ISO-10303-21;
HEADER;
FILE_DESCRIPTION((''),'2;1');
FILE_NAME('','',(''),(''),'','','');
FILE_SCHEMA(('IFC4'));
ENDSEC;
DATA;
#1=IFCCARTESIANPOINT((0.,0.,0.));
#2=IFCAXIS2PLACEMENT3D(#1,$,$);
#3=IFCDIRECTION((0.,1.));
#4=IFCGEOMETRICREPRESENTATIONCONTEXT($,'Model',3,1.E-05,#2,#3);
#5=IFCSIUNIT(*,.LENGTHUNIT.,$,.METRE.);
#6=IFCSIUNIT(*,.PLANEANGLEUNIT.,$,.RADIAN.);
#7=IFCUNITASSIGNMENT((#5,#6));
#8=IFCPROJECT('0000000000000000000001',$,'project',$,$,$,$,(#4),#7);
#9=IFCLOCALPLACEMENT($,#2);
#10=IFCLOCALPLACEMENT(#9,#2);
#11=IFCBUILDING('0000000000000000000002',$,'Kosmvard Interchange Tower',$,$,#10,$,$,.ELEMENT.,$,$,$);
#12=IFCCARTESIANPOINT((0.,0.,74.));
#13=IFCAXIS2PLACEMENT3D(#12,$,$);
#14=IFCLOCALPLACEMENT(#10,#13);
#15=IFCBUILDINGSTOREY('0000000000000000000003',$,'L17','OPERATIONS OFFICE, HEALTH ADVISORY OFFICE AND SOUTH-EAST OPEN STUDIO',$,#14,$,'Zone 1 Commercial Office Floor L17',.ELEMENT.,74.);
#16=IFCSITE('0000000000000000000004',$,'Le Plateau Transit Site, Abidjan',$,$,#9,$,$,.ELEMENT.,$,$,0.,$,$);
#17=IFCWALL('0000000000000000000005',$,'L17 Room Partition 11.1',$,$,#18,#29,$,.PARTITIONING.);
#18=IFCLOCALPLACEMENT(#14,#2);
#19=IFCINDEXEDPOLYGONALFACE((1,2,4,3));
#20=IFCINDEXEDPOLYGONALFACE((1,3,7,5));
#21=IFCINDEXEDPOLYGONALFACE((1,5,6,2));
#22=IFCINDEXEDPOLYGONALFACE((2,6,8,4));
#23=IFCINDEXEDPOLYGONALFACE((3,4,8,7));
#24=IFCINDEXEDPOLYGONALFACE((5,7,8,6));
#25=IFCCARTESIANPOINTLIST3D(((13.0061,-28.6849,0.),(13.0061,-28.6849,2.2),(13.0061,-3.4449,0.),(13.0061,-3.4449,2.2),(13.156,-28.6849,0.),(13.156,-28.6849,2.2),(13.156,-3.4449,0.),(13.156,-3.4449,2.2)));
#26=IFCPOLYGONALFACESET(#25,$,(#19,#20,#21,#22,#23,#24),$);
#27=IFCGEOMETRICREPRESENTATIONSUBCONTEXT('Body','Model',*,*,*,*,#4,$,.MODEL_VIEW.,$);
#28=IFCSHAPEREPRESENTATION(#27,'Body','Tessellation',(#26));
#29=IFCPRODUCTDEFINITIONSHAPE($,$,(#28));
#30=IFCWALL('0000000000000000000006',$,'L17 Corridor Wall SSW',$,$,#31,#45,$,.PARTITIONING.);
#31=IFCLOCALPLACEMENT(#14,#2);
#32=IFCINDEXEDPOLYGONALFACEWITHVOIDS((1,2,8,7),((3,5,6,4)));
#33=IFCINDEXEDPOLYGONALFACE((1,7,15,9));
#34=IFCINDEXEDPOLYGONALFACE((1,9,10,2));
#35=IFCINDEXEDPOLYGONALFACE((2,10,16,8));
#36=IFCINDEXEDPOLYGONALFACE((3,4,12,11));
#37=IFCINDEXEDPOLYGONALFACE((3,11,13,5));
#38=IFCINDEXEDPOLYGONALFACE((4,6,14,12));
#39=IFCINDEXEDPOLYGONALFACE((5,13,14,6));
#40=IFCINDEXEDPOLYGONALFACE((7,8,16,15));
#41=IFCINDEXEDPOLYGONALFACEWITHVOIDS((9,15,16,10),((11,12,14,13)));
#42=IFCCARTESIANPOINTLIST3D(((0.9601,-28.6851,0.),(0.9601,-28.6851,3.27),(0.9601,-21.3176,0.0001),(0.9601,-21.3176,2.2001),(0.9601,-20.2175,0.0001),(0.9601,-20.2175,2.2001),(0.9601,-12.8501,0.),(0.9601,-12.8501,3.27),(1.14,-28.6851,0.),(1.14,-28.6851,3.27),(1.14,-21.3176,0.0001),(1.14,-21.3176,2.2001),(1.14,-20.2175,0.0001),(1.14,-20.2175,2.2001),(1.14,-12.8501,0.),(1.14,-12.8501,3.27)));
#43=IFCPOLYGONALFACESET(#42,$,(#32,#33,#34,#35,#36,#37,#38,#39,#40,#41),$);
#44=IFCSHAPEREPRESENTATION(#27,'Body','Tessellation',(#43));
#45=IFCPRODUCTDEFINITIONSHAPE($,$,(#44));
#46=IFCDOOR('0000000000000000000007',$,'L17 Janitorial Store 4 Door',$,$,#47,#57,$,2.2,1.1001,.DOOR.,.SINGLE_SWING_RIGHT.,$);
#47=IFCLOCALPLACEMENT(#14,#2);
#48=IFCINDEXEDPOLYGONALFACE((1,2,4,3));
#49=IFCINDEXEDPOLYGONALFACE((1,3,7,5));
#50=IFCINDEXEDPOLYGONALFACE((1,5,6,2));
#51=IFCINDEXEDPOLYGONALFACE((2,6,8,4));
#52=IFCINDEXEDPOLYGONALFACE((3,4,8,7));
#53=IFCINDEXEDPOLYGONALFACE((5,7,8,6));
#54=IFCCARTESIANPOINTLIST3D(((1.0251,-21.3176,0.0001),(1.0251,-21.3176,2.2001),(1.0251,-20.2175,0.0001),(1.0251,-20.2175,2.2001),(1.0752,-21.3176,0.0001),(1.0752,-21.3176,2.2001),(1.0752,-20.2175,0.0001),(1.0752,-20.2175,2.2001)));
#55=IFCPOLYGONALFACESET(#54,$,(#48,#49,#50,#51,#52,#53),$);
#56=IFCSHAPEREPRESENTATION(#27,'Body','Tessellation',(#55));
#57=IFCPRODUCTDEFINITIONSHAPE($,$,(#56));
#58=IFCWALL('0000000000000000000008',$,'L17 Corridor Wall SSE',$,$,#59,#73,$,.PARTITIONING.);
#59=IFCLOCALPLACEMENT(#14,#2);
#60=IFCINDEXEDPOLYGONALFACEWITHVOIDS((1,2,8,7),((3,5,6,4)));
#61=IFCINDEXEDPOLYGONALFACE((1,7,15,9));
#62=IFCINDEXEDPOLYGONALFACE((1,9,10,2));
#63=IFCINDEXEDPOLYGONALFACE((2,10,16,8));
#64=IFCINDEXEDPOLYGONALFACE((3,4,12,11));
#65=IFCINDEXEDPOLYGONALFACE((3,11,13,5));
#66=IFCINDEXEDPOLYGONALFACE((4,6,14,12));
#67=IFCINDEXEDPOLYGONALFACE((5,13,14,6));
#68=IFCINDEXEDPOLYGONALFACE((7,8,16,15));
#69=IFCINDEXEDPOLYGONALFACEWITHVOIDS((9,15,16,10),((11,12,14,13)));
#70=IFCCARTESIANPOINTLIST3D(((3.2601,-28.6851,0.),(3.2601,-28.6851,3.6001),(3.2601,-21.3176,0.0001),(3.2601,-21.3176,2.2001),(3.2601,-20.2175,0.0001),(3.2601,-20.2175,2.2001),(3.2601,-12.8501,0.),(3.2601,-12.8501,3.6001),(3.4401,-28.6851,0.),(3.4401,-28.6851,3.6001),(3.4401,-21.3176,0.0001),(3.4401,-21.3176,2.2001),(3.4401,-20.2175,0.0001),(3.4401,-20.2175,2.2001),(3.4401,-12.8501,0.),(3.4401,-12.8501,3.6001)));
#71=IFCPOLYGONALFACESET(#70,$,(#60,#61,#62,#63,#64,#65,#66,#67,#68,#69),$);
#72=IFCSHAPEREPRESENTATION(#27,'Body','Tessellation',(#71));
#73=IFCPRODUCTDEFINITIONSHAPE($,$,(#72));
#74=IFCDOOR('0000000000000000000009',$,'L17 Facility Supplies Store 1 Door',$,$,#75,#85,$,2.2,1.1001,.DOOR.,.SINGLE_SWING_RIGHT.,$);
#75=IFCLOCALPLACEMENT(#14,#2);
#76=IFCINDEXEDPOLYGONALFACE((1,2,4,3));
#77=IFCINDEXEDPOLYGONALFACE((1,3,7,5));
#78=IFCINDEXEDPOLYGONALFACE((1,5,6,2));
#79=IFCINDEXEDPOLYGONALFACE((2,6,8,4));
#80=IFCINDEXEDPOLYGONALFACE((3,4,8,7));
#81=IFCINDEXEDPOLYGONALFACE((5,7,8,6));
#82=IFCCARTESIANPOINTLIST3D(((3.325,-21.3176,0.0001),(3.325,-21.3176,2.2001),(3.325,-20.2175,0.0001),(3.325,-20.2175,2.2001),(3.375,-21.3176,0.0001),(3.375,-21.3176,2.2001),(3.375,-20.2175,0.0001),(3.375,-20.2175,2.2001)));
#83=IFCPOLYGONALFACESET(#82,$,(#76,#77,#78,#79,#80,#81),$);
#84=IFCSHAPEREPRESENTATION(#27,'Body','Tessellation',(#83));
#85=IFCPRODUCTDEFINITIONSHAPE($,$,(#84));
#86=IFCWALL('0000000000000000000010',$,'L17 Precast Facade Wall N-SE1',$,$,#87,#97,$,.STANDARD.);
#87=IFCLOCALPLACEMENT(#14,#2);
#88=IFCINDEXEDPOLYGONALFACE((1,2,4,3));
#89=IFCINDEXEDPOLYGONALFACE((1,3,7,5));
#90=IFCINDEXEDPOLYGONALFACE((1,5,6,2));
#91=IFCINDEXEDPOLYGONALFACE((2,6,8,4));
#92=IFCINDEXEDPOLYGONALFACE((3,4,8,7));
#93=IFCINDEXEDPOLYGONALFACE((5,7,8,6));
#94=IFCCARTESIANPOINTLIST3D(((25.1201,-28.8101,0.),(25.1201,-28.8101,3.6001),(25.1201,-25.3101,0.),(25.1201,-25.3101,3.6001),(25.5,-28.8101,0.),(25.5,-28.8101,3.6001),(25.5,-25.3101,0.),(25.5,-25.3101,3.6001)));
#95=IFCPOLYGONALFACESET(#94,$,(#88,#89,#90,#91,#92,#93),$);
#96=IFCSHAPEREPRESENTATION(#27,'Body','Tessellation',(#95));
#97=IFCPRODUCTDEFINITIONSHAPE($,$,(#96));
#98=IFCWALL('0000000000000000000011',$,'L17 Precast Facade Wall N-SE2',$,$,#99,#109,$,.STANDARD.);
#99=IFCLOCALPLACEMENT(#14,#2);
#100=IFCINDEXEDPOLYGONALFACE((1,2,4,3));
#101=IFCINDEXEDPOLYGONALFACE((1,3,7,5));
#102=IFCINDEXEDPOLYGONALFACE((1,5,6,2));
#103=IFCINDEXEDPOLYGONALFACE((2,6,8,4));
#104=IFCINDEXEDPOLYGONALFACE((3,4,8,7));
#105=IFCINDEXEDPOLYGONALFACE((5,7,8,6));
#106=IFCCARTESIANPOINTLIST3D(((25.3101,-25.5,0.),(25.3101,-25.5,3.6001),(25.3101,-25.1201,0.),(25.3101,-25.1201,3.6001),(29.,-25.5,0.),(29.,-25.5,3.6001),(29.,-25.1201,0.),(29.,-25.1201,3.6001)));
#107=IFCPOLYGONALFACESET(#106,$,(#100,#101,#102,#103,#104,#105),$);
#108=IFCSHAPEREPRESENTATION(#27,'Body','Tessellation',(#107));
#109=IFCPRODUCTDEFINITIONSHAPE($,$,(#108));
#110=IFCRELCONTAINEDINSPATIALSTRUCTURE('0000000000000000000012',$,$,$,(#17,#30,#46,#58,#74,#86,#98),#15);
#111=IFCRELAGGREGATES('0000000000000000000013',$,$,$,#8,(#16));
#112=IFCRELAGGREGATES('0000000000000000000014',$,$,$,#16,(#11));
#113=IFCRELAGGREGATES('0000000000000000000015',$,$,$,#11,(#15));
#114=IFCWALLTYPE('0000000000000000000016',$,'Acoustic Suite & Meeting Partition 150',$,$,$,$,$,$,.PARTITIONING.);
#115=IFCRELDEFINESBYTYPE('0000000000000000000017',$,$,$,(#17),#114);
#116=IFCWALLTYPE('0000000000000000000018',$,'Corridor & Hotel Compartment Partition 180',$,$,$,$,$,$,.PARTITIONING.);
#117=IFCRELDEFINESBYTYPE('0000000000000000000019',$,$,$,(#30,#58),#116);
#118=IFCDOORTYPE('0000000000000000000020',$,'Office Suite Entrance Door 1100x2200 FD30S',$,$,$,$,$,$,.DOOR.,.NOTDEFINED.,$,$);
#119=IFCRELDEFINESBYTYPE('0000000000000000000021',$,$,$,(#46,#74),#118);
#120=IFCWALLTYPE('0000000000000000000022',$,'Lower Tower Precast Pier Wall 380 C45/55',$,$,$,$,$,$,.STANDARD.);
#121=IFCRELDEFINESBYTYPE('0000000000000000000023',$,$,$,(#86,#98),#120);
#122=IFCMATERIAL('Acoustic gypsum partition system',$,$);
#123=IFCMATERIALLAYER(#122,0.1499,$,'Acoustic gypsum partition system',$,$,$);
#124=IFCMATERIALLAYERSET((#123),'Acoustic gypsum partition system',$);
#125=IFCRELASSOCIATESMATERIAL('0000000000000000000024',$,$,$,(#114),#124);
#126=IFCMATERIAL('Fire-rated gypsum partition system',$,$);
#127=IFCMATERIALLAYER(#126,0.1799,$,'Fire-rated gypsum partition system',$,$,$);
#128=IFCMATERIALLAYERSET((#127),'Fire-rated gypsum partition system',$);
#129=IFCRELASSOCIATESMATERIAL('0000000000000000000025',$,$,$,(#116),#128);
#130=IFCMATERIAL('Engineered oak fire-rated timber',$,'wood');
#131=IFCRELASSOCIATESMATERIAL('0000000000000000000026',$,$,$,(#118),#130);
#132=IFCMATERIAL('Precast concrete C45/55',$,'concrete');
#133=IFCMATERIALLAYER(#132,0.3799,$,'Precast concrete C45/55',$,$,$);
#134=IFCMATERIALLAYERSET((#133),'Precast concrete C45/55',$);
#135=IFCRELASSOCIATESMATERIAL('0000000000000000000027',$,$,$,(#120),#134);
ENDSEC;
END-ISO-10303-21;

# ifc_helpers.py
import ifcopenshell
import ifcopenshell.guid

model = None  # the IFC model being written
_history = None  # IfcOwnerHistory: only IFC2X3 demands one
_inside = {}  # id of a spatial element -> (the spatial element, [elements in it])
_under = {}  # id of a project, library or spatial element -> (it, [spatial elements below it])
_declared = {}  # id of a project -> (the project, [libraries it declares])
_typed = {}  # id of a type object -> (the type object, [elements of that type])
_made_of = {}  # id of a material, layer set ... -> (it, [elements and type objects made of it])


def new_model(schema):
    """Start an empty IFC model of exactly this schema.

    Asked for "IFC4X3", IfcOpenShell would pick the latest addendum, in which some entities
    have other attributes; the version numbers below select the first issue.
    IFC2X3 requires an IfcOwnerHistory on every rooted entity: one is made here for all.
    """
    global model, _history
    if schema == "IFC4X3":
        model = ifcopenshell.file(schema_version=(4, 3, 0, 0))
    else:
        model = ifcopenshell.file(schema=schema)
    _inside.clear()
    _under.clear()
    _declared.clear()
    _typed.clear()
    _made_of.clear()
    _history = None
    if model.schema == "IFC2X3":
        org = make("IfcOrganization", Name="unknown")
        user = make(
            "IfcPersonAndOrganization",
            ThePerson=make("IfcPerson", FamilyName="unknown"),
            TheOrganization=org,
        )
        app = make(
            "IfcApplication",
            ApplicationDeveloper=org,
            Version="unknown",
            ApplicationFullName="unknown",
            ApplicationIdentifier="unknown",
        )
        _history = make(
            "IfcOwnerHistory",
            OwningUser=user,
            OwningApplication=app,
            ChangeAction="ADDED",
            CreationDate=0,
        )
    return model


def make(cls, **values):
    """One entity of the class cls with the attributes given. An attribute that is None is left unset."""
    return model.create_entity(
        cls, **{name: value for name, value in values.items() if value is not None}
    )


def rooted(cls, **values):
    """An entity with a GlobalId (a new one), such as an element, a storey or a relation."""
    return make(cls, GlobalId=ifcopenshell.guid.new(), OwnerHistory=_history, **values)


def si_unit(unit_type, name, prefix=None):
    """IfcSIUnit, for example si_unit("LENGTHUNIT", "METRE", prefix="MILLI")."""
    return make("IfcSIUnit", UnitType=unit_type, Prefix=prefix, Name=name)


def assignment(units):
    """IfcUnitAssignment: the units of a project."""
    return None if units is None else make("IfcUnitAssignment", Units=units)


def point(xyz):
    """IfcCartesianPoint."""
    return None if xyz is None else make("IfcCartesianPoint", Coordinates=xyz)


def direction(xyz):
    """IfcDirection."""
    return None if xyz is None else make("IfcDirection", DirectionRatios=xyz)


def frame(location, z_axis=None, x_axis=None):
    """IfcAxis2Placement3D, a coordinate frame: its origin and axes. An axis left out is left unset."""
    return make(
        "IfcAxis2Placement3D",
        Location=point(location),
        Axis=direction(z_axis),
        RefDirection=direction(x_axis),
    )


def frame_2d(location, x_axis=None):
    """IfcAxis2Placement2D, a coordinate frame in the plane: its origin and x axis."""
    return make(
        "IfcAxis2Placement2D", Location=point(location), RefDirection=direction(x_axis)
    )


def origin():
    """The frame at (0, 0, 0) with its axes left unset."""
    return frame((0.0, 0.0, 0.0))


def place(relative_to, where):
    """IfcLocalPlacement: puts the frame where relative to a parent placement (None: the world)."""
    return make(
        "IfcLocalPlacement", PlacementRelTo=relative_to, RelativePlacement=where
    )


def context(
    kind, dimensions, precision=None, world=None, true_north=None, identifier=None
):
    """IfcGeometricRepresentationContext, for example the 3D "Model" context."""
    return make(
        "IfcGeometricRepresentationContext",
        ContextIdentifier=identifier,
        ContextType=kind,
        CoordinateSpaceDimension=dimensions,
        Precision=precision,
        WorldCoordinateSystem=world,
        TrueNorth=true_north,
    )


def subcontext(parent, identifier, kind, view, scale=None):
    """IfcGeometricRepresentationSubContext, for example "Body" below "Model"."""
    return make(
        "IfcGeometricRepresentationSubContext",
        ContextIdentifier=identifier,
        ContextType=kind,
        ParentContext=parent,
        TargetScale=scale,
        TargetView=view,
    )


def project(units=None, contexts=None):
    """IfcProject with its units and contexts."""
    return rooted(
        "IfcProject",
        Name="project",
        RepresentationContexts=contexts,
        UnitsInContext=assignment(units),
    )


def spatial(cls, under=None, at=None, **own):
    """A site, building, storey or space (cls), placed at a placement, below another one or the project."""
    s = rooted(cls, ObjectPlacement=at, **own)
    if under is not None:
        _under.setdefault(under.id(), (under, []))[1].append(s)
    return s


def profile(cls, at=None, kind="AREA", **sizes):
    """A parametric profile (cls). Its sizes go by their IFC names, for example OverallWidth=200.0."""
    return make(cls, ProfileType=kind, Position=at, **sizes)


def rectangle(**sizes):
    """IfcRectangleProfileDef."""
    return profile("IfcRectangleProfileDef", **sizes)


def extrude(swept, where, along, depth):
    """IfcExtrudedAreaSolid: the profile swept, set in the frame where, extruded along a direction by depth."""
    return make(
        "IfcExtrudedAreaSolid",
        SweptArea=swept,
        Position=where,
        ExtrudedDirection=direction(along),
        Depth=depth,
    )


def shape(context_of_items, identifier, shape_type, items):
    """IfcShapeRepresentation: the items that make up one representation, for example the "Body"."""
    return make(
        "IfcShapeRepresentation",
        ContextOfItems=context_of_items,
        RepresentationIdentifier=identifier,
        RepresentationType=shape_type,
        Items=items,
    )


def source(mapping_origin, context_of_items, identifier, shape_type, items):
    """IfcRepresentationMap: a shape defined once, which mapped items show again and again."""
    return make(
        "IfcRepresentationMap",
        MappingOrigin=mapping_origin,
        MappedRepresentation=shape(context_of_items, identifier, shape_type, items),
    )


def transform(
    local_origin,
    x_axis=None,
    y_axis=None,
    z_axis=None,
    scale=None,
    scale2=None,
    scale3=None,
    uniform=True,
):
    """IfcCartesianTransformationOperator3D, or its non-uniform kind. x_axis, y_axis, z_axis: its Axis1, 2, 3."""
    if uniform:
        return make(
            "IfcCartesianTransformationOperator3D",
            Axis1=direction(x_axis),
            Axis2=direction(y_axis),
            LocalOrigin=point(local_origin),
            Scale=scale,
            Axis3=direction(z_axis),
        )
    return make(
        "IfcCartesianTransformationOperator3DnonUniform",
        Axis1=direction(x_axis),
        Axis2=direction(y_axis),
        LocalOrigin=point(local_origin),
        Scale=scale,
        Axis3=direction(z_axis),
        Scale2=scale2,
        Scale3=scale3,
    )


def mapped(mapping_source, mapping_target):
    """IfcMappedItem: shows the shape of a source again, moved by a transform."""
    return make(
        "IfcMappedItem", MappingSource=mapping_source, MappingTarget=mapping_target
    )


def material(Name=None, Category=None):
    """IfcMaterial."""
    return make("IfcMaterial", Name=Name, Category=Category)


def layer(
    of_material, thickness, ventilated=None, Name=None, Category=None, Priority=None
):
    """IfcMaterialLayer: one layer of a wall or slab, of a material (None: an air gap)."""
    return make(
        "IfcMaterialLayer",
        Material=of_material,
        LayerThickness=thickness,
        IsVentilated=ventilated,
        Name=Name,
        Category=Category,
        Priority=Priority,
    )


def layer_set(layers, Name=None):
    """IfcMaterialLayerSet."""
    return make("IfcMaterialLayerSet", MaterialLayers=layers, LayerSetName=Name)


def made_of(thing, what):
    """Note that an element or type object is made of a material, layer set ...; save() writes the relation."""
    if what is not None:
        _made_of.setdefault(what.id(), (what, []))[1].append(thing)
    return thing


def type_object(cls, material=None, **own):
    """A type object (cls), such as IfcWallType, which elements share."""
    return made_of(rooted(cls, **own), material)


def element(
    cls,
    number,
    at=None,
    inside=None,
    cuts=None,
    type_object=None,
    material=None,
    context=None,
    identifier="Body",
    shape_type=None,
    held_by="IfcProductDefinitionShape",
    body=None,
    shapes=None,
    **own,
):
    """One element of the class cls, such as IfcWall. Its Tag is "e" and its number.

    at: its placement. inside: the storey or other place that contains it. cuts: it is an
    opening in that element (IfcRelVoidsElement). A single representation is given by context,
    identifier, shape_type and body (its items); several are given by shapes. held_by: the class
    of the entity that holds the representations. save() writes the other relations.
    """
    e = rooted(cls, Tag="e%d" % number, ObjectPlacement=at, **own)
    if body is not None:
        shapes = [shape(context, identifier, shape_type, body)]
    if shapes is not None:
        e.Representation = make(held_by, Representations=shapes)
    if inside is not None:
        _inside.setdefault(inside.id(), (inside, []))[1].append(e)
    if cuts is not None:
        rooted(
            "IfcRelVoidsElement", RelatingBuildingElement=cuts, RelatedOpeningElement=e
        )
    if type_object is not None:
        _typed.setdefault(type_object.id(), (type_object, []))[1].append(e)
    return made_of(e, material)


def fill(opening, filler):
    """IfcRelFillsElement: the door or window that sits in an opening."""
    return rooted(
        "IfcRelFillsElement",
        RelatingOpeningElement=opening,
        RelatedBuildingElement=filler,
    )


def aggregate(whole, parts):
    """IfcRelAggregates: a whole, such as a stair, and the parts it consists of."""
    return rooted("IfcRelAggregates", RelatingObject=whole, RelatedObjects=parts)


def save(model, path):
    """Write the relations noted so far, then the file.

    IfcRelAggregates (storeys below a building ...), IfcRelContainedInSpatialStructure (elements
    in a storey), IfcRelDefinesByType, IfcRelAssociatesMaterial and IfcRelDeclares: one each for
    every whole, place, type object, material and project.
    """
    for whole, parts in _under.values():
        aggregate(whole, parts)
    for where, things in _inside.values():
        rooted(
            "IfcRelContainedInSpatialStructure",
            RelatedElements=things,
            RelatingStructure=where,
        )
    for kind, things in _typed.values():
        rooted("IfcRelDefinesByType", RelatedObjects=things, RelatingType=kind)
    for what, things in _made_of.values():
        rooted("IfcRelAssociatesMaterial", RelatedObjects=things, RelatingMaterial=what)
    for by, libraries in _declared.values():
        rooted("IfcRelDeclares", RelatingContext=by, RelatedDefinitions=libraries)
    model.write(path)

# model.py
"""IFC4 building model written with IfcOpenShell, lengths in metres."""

from ifc_helpers import new_model, si_unit, direction, frame, frame_2d, origin, place, context, subcontext, project, spatial, rectangle, extrude, source, transform, mapped, material, layer, layer_set, type_object, element, fill, save


model = new_model("IFC4")

# Units and contexts
model_context = context("Model", 3, precision=1e-05, world=origin(), true_north=direction((0.0, 1.0)))
body_context = subcontext(model_context, "Body", "Model", "MODEL_VIEW")
ifc_project = project(units=[si_unit("LENGTHUNIT", "METRE"), si_unit("PLANEANGLEUNIT", "RADIAN")], contexts=[model_context])

# Site, building, storey
site_placement = place(None, origin())
site = spatial("IfcSite", under=ifc_project, at=site_placement, Name="Le Plateau Transit Site, Abidjan", CompositionType="ELEMENT", RefElevation=0.0)
building_placement = place(site_placement, origin())
building = spatial("IfcBuilding", under=site, at=building_placement, Name="Kosmvard Interchange Tower", CompositionType="ELEMENT")
storey_placement = place(building_placement, frame((0.0, 0.0, 74.0)))
storey = spatial("IfcBuildingStorey", under=building, at=storey_placement, Name="L17", Description="OPERATIONS OFFICE, HEALTH ADVISORY OFFICE AND SOUTH-EAST OPEN STUDIO", LongName="Zone 1 Commercial Office Floor L17", CompositionType="ELEMENT", Elevation=74.0)

# Shared definitions
ifc_material_1 = material(Name="Precast concrete C45/55", Category="concrete")

# Wall
ifc_material_2 = material(Name="Acoustic gypsum partition system")
ifc_layer_1 = layer(ifc_material_2, 0.1499, Name="Acoustic gypsum partition system")
ifc_layer_set_1 = layer_set([ifc_layer_1], Name="Acoustic gypsum partition system")
wall_type_1 = type_object("IfcWallType", Name="Acoustic Suite & Meeting Partition 150", PredefinedType="PARTITIONING", material=ifc_layer_set_1)
wall_1_placement = place(storey_placement, frame((13.0811, -28.6851, 0.0), z_axis=(0.0, 0.0, 1.0), x_axis=(0.0, 1.0, 0.0)))
element("IfcWall", 1, at=wall_1_placement, inside=storey, type_object=wall_type_1, Name="L17 Room Partition 11.1", PredefinedType="PARTITIONING", context=body_context, shape_type="SweptSolid", body=[
    extrude(rectangle(XDim=25.24, YDim=0.1499, at=frame_2d((12.6201, 0.0))), origin(), (0.0, 0.0, 1.0), 2.2),
])

# Walls, openings, doors
ifc_material_3 = material(Name="Fire-rated gypsum partition system")
ifc_layer_2 = layer(ifc_material_3, 0.1799, Name="Fire-rated gypsum partition system")
ifc_layer_set_2 = layer_set([ifc_layer_2], Name="Fire-rated gypsum partition system")
wall_type_2 = type_object("IfcWallType", Name="Corridor & Hotel Compartment Partition 180", PredefinedType="PARTITIONING", material=ifc_layer_set_2)
wall_2_placement = place(storey_placement, frame((1.05, -28.6851, 0.0), z_axis=(0.0, 0.0, 1.0), x_axis=(0.0, 1.0, 0.0)))
wall_2 = element("IfcWall", 2, at=wall_2_placement, inside=storey, type_object=wall_type_2, Name="L17 Corridor Wall SSW", PredefinedType="PARTITIONING", context=body_context, shape_type="SweptSolid", body=[
    extrude(rectangle(XDim=15.835, YDim=0.1799, at=frame_2d((7.9175, 0.0))), origin(), (0.0, 0.0, 1.0), 3.27),
])
opening_1_placement = place(wall_2_placement, frame((7.3674, 0.0, 0.0)))
opening_1 = element("IfcOpeningElement", 3, at=opening_1_placement, cuts=wall_2, PredefinedType="OPENING", context=body_context, shape_type="SweptSolid", body=[
    extrude(rectangle(XDim=1.1001, YDim=2.2, at=frame_2d((0.55, 1.1001))), frame((0.0, 0.1001, 0.0), z_axis=(0.0, -1.0, 0.0), x_axis=(1.0, 0.0, 0.0)), (0.0, 0.0, 1.0), 0.2),
])
ifc_material_4 = material(Name="Engineered oak fire-rated timber", Category="wood")
door_type = type_object("IfcDoorType", Name="Office Suite Entrance Door 1100x2200 FD30S", OperationType="NOTDEFINED", PredefinedType="DOOR", material=ifc_material_4)
shared_shape_1 = source(origin(), body_context, "Body", "SweptSolid", [
    extrude(rectangle(XDim=1.1001, YDim=2.2, at=frame_2d((0.55, 1.1001))), frame((0.0, 0.0249, 0.0), z_axis=(0.0, -1.0, 0.0), x_axis=(1.0, 0.0, 0.0)), (0.0, 0.0, 1.0), 0.05),
])
door_1_placement = place(opening_1_placement, origin())
door_1 = element("IfcDoor", 4, at=door_1_placement, inside=storey, type_object=door_type, Name="L17 Janitorial Store 4 Door", OperationType="SINGLE_SWING_RIGHT", OverallHeight=2.2, OverallWidth=1.1001, PredefinedType="DOOR", context=body_context, shape_type="MappedRepresentation", body=[
    mapped(shared_shape_1, transform((0.0, 0.0, 0.0), scale=1.0)),
])
fill(opening_1, door_1)
wall_3_placement = place(storey_placement, frame((3.3501, -28.6851, 0.0), z_axis=(0.0, 0.0, 1.0), x_axis=(0.0, 1.0, 0.0)))
wall_3 = element("IfcWall", 5, at=wall_3_placement, inside=storey, type_object=wall_type_2, Name="L17 Corridor Wall SSE", PredefinedType="PARTITIONING", context=body_context, shape_type="SweptSolid", body=[
    extrude(rectangle(XDim=15.835, YDim=0.1799, at=frame_2d((7.9175, 0.0))), origin(), (0.0, 0.0, 1.0), 3.6001),
])
opening_2_placement = place(wall_3_placement, frame((7.3674, 0.0, 0.0)))
opening_2 = element("IfcOpeningElement", 6, at=opening_2_placement, cuts=wall_3, PredefinedType="OPENING", context=body_context, shape_type="SweptSolid", body=[
    extrude(rectangle(XDim=1.1001, YDim=2.2, at=frame_2d((0.55, 1.1001))), frame((0.0, 0.1001, 0.0), z_axis=(0.0, -1.0, 0.0), x_axis=(1.0, 0.0, 0.0)), (0.0, 0.0, 1.0), 0.2),
])
door_2_placement = place(opening_2_placement, frame((1.1001, 0.0, 0.0), z_axis=(0.0, 0.0, 1.0), x_axis=(-1.0, 0.0, 0.0)))
door_2 = element("IfcDoor", 7, at=door_2_placement, inside=storey, type_object=door_type, Name="L17 Facility Supplies Store 1 Door", OperationType="SINGLE_SWING_RIGHT", OverallHeight=2.2, OverallWidth=1.1001, PredefinedType="DOOR", context=body_context, shape_type="MappedRepresentation", body=[
    mapped(shared_shape_1, transform((0.0, 0.0, 0.0), scale=1.0)),
])
fill(opening_2, door_2)

# Walls
ifc_layer_3 = layer(ifc_material_1, 0.3799, Name="Precast concrete C45/55")
ifc_layer_set_3 = layer_set([ifc_layer_3], Name="Precast concrete C45/55")
wall_type_3 = type_object("IfcWallType", Name="Lower Tower Precast Pier Wall 380 C45/55", PredefinedType="STANDARD", material=ifc_layer_set_3)
wall_4_placement = place(storey_placement, frame((25.3101, -28.8101, 0.0), z_axis=(0.0, 0.0, 1.0), x_axis=(0.0, 1.0, 0.0)))
element("IfcWall", 8, at=wall_4_placement, inside=storey, type_object=wall_type_3, Name="L17 Precast Facade Wall N-SE1", PredefinedType="STANDARD", context=body_context, shape_type="SweptSolid", body=[
    extrude(rectangle(XDim=3.5, YDim=0.3799, at=frame_2d((1.75, 0.0))), origin(), (0.0, 0.0, 1.0), 3.6001),
])
wall_5_placement = place(storey_placement, frame((25.3101, -25.3101, 0.0), z_axis=(0.0, 0.0, 1.0), x_axis=(1.0, 0.0, 0.0)))
element("IfcWall", 9, at=wall_5_placement, inside=storey, type_object=wall_type_3, Name="L17 Precast Facade Wall N-SE2", PredefinedType="STANDARD", context=body_context, shape_type="SweptSolid", body=[
    extrude(rectangle(XDim=3.6899, YDim=0.3799, at=frame_2d((1.845, 0.0))), origin(), (0.0, 0.0, 1.0), 3.6001),
])

save(model, "model.ifc")
